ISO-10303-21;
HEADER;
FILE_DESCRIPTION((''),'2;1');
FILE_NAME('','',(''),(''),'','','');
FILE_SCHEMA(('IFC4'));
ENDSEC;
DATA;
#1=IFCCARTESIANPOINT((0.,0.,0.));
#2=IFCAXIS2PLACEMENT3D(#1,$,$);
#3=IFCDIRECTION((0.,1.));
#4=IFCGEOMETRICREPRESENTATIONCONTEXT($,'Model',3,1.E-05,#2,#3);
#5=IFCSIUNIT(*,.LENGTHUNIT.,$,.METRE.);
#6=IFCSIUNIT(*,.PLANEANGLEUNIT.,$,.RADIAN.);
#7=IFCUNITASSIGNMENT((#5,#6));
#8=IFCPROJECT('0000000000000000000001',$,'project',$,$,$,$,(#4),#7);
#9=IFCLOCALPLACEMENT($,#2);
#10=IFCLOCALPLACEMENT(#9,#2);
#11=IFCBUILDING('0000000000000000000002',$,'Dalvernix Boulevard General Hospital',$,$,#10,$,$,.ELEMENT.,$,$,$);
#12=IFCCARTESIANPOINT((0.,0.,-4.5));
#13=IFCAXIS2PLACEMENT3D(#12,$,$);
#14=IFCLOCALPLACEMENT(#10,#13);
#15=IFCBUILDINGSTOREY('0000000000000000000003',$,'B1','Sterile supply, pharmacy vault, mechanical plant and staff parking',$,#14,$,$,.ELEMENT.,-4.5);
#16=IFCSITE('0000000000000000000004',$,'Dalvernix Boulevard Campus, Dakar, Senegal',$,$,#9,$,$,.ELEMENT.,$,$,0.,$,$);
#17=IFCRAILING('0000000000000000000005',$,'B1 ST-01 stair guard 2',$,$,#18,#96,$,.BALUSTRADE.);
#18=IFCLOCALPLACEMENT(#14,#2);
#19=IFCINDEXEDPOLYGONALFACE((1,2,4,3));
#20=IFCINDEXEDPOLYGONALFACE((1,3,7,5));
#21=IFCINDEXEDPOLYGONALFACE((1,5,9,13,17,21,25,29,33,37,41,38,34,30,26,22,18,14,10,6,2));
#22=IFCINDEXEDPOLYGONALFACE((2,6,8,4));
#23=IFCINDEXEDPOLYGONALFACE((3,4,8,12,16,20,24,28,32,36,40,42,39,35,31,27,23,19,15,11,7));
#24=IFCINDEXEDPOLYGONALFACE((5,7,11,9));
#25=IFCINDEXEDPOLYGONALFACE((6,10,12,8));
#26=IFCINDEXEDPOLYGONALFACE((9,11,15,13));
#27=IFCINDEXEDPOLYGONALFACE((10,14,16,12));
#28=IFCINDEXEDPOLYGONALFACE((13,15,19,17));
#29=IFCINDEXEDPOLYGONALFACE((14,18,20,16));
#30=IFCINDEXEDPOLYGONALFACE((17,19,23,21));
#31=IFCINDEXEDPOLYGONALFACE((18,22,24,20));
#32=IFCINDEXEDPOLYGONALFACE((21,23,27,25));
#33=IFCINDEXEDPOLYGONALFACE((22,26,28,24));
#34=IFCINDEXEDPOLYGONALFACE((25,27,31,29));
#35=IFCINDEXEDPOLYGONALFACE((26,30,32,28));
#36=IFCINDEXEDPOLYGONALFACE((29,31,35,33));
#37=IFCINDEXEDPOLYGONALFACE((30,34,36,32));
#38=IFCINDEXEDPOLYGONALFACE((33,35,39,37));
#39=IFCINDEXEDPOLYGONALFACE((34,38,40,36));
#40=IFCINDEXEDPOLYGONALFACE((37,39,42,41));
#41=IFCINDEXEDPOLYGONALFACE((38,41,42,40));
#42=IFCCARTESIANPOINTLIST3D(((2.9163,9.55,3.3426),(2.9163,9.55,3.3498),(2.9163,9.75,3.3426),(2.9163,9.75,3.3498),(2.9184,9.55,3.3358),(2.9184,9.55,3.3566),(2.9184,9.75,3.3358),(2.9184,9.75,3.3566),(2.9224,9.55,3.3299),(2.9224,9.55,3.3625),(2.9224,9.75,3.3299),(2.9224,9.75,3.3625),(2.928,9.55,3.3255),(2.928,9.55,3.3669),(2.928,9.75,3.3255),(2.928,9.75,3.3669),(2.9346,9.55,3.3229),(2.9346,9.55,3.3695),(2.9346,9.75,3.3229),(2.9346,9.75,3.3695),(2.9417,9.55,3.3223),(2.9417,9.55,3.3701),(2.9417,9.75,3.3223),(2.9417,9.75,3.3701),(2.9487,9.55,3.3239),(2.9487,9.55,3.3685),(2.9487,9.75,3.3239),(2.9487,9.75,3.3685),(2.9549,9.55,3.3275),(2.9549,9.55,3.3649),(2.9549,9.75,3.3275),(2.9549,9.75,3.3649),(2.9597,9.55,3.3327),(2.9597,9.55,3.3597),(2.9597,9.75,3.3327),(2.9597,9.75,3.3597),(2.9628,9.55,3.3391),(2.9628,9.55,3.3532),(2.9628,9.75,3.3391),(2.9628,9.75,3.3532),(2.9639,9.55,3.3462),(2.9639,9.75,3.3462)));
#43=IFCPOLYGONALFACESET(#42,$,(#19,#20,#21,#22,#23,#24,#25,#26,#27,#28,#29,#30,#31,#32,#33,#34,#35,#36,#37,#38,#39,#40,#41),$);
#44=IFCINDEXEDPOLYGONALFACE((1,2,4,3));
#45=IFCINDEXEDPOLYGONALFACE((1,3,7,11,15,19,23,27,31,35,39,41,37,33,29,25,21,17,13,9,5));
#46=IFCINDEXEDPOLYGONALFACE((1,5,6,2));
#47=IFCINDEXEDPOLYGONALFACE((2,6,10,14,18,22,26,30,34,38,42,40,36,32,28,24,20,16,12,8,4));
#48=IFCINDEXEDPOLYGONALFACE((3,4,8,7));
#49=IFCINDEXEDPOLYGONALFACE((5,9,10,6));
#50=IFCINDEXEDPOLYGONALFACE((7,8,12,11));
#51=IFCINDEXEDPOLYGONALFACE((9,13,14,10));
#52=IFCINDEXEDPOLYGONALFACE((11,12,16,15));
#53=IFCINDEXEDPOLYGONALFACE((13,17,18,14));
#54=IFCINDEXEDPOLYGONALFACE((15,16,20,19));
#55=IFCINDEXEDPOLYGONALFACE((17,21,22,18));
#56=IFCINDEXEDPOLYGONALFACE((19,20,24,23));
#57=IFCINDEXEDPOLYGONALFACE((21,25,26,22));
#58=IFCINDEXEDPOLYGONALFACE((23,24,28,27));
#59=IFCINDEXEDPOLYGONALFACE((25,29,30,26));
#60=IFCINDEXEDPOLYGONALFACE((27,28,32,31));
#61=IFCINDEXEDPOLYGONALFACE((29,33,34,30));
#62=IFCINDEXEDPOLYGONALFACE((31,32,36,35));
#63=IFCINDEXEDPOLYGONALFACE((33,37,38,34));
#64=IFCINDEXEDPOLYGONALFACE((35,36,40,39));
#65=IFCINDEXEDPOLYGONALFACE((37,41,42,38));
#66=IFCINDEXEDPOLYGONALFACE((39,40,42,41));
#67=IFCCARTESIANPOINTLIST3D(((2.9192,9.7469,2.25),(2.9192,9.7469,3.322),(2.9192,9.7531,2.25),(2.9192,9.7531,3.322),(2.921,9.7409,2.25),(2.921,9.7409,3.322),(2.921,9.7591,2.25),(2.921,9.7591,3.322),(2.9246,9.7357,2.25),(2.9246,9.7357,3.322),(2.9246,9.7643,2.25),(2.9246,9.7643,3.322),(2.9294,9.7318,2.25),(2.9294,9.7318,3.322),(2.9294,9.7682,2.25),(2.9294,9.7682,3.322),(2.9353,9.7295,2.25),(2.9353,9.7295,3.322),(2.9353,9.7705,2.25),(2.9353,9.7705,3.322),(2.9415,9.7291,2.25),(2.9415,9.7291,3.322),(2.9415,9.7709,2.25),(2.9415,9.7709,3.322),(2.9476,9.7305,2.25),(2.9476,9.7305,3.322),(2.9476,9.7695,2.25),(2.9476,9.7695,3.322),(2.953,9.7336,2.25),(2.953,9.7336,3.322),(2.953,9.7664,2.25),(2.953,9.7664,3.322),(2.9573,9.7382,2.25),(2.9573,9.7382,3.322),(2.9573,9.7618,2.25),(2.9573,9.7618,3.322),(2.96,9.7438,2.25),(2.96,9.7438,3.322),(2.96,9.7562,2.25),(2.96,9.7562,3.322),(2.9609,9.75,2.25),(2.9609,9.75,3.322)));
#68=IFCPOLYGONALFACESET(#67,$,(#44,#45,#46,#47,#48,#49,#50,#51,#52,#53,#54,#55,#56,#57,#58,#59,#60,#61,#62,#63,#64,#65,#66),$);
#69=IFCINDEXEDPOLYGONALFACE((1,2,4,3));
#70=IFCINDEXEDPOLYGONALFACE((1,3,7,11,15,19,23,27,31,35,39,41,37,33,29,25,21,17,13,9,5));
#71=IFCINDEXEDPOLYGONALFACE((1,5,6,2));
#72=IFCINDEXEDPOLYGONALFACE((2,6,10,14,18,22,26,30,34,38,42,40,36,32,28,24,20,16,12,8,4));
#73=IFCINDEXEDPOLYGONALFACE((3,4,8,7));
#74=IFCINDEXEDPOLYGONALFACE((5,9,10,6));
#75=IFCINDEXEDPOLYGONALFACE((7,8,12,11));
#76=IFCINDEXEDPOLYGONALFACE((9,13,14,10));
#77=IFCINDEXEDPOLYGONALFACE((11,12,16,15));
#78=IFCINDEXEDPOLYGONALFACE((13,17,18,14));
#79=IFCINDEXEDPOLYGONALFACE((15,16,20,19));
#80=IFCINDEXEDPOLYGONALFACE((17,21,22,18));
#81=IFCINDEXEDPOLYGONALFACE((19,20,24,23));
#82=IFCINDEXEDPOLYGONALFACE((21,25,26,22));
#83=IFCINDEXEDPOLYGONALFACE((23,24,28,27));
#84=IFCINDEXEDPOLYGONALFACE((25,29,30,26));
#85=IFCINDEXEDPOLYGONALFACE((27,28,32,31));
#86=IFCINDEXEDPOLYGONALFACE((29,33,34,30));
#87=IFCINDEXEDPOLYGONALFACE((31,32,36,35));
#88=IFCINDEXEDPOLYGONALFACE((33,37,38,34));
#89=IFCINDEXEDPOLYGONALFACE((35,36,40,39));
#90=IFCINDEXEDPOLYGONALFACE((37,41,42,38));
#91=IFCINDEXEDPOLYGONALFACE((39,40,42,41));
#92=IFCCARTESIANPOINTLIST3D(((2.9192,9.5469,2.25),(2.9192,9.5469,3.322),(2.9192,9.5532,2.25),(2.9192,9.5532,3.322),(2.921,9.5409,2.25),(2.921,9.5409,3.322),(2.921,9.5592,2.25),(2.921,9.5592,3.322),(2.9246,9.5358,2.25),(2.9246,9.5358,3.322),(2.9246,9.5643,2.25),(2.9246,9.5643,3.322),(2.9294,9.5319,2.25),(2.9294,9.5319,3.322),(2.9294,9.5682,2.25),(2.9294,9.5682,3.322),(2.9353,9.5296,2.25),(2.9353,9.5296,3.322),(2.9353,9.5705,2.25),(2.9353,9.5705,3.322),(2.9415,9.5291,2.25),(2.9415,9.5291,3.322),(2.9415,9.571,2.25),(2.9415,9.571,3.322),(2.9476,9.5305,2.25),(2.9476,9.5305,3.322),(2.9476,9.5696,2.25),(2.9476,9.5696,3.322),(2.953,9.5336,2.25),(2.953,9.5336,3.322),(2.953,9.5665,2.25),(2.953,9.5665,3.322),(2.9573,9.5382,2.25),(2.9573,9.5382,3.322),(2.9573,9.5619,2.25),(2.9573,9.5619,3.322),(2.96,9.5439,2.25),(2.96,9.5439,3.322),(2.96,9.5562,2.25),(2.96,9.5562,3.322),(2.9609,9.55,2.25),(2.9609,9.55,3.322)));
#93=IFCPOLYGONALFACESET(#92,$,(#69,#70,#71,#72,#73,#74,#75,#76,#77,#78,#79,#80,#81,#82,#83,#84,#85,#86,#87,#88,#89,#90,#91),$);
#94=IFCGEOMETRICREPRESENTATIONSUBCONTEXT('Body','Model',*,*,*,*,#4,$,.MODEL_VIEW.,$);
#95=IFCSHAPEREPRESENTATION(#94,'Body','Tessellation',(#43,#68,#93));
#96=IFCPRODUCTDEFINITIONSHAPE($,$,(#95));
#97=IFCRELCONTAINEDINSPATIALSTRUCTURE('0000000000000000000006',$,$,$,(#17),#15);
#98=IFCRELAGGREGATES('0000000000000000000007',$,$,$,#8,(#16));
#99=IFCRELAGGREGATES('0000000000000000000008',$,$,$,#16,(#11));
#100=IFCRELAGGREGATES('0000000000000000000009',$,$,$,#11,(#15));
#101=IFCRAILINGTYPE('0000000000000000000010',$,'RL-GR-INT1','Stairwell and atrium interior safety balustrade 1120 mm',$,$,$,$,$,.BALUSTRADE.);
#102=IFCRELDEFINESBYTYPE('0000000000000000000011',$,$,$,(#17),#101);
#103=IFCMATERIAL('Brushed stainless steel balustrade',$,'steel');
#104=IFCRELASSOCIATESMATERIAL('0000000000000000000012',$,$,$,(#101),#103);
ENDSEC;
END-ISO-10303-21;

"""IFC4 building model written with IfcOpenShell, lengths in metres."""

from ifc_helpers import new_model, si_unit, direction, frame, origin, origin_2d, place, context, subcontext, project, spatial, circle, extrude, material, type_object, element, save


model = new_model("IFC4")

# Units and contexts
model_context = context("Model", 3, precision=1e-05, world=origin(), true_north=direction((0.0, 1.0)))
body_context = subcontext(model_context, "Body", "Model", "MODEL_VIEW")
ifc_project = project(units=[si_unit("LENGTHUNIT", "METRE"), si_unit("PLANEANGLEUNIT", "RADIAN")], contexts=[model_context])

# Site, building, storey
site_placement = place(None, origin())
site = spatial("IfcSite", under=ifc_project, at=site_placement, Name="Dalvernix Boulevard Campus, Dakar, Senegal", CompositionType="ELEMENT", RefElevation=0.0)
building_placement = place(site_placement, origin())
building = spatial("IfcBuilding", under=site, at=building_placement, Name="Dalvernix Boulevard General Hospital", CompositionType="ELEMENT")
storey_placement = place(building_placement, frame((0.0, 0.0, -4.5)))
storey = spatial("IfcBuildingStorey", under=building, at=storey_placement, Name="B1", Description="Sterile supply, pharmacy vault, mechanical plant and staff parking", CompositionType="ELEMENT", Elevation=-4.5)

# Railing
ifc_material_1 = material(Name="Brushed stainless steel balustrade", Category="steel")
railing_type_1 = type_object("IfcRailingType", Name="RL-GR-INT1", Description="Stairwell and atrium interior safety balustrade 1120 mm", PredefinedType="BALUSTRADE", material=ifc_material_1)
railing_1_placement = place(storey_placement, frame((2.9399, 9.75, 2.25)))
element("IfcRailing", 1, at=railing_1_placement, inside=storey, type_object=railing_type_1, Name="B1 ST-01 stair guard 2", PredefinedType="BALUSTRADE", context=body_context, shape_type="SweptSolid", body=[
    extrude(circle(Radius=0.0239, at=origin_2d()), frame((0.0, 0.0, 1.0962), z_axis=(0.0, -1.0, 0.0), x_axis=(1.0, 0.0, 0.0)), (0.0, 0.0, 1.0), 0.2),
    extrude(circle(Radius=0.021, at=origin_2d()), origin(), (0.0, 0.0, 1.0), 1.072),
    extrude(circle(Radius=0.021, at=origin_2d()), frame((0.0, -0.2, 0.0)), (0.0, 0.0, 1.0), 1.072),
])

save(model, "model.ifc")
